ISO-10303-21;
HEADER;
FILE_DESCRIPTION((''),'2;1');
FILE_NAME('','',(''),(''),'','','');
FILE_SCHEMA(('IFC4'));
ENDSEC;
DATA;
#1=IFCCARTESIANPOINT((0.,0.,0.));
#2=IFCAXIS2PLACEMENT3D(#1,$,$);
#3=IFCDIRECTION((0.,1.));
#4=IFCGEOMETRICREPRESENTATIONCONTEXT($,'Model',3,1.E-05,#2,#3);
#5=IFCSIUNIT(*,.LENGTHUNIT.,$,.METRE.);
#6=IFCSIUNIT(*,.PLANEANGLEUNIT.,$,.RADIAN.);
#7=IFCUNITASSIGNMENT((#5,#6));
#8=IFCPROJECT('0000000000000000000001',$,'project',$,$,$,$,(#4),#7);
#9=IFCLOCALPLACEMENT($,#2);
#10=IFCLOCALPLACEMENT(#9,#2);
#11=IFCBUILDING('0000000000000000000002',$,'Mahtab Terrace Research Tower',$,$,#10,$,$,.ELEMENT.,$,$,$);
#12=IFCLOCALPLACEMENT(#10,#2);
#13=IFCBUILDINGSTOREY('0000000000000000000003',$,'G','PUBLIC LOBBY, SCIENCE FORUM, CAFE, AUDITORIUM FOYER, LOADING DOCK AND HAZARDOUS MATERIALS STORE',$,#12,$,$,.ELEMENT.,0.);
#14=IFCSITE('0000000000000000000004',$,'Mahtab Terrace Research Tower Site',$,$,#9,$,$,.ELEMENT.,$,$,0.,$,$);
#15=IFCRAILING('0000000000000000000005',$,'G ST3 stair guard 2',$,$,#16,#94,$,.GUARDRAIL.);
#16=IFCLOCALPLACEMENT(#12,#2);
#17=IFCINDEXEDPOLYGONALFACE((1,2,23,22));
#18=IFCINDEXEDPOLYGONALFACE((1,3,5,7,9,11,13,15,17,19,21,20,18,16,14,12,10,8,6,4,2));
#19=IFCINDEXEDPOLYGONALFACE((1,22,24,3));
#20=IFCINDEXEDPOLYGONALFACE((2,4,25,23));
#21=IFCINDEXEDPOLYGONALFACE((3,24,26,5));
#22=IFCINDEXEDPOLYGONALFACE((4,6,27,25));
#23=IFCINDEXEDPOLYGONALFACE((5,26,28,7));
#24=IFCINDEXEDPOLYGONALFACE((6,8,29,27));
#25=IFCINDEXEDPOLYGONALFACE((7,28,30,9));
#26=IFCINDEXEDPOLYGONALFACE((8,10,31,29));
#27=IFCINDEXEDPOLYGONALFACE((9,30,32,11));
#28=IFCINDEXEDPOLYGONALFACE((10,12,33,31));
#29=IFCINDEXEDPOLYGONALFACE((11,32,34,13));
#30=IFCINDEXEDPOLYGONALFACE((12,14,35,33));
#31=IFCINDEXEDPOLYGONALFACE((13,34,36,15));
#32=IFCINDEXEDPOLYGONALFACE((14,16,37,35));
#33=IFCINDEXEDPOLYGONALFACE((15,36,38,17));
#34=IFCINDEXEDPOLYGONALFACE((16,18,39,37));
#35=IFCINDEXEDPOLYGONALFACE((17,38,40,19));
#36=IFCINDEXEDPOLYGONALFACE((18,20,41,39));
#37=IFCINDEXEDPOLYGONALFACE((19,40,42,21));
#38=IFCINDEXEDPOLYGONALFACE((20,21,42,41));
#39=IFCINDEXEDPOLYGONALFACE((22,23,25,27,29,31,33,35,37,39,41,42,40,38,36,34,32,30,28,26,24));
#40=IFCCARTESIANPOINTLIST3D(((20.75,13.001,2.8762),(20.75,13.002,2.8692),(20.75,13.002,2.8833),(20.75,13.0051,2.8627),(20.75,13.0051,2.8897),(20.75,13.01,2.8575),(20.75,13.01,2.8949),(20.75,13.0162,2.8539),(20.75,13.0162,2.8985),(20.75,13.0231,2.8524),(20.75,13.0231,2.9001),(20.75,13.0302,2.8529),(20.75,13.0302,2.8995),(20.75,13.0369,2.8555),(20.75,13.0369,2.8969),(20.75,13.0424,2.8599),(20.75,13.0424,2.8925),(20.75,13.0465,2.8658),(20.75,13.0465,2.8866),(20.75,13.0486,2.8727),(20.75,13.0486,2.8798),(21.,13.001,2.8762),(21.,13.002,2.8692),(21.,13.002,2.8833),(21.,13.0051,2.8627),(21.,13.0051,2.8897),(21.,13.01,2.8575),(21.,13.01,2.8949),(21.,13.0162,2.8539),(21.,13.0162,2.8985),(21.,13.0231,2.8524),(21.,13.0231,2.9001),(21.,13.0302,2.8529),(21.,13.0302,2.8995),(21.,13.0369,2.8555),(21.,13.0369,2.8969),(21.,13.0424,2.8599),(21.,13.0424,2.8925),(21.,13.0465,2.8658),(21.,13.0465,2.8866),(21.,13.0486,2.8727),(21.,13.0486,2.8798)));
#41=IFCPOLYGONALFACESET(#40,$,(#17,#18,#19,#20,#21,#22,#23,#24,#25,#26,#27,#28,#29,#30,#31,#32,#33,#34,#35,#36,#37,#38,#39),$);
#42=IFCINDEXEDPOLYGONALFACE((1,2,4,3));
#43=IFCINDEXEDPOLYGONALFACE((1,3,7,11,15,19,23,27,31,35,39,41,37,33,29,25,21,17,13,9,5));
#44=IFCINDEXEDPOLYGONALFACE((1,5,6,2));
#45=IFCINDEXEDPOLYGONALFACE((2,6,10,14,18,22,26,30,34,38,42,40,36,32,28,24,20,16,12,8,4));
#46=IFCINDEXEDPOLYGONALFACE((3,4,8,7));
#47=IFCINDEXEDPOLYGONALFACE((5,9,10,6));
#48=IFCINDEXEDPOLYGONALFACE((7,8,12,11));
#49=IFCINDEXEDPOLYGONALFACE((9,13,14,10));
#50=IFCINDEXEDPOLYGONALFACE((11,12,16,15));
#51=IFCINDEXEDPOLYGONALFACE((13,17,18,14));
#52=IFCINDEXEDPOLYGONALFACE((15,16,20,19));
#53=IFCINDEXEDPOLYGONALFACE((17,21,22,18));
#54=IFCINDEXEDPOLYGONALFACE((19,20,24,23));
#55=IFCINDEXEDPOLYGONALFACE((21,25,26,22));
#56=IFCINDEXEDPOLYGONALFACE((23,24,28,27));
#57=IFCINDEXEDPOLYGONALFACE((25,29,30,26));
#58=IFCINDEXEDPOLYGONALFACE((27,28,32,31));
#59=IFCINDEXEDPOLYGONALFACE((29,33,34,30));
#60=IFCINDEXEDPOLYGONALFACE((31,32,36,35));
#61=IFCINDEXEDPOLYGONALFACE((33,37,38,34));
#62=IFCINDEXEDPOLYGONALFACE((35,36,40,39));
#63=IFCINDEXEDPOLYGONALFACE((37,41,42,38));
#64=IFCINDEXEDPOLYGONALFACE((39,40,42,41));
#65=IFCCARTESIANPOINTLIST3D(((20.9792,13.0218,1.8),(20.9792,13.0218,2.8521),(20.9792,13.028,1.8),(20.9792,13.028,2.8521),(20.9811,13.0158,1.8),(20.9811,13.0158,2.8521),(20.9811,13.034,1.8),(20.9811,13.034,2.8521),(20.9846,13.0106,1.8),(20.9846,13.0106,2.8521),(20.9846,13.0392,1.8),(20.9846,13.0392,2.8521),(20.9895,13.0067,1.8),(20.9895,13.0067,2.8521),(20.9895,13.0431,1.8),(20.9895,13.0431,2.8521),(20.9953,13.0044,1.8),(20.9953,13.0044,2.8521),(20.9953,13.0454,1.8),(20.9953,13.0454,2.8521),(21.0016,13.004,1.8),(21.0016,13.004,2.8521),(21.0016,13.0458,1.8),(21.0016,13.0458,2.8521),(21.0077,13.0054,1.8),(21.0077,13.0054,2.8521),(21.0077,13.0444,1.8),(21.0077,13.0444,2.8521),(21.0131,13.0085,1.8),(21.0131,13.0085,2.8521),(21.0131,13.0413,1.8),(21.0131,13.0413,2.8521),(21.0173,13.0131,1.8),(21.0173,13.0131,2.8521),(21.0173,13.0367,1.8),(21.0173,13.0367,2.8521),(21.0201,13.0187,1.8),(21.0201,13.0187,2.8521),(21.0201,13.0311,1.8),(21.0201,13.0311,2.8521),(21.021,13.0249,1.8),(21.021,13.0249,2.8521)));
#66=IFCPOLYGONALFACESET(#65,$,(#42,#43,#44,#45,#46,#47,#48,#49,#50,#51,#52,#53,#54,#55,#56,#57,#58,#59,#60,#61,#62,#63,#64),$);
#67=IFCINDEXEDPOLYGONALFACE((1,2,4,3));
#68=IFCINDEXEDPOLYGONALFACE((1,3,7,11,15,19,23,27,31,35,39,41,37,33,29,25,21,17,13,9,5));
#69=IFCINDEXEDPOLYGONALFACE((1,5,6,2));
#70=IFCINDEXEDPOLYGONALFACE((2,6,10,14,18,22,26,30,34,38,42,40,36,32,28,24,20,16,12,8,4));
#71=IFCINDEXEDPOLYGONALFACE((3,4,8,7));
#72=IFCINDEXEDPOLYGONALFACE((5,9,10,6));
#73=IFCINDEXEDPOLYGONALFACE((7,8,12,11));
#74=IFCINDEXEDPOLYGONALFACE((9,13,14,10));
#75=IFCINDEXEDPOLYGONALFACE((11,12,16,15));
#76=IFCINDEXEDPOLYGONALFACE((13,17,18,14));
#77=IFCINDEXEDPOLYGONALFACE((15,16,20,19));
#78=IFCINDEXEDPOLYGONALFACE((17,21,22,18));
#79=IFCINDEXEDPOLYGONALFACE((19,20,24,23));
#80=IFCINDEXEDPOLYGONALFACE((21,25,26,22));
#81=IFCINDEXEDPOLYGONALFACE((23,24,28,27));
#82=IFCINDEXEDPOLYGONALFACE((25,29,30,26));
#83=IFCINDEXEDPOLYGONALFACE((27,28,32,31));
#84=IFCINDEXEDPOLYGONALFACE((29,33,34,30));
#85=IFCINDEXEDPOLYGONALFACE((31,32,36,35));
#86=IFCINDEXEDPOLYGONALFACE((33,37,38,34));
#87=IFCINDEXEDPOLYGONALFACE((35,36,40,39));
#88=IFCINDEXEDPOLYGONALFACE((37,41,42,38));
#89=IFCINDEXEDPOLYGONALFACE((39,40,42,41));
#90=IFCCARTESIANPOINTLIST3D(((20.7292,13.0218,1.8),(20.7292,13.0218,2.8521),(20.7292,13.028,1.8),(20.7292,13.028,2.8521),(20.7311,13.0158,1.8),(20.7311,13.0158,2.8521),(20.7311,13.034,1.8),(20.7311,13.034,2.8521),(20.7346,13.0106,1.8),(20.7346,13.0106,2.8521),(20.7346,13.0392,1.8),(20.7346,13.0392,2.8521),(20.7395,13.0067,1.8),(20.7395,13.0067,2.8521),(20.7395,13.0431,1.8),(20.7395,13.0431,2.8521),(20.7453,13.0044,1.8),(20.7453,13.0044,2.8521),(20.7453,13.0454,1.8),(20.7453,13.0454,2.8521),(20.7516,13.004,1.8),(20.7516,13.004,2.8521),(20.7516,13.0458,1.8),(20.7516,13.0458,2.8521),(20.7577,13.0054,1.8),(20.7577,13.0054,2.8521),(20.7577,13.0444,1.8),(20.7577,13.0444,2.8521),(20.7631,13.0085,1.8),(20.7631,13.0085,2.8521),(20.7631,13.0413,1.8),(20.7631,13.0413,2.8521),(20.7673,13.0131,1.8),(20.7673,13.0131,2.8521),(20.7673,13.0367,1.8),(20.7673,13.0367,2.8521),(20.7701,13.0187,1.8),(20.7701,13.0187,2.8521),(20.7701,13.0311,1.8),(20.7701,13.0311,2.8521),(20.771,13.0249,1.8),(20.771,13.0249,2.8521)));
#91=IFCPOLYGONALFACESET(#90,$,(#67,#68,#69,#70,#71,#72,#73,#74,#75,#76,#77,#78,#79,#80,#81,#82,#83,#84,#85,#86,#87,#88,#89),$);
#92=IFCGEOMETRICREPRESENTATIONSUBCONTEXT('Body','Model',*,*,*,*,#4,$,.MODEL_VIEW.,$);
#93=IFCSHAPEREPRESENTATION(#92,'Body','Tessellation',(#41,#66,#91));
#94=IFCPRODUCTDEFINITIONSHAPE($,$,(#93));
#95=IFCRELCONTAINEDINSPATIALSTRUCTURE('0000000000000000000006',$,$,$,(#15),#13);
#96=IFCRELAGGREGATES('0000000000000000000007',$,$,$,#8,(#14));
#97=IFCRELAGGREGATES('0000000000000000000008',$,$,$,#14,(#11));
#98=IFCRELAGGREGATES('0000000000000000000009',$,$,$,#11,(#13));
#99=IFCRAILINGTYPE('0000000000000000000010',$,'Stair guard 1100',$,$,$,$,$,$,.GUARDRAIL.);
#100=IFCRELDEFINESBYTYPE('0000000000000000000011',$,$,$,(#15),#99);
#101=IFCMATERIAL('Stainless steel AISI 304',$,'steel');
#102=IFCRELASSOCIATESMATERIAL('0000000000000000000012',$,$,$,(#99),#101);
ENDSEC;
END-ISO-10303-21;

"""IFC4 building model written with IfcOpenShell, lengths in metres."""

from ifc_helpers import new_model, si_unit, direction, frame, origin, origin_2d, place, context, subcontext, project, spatial, circle, extrude, material, type_object, element, save


model = new_model("IFC4")

# Units and contexts
model_context = context("Model", 3, precision=1e-05, world=origin(), true_north=direction((0.0, 1.0)))
body_context = subcontext(model_context, "Body", "Model", "MODEL_VIEW")
ifc_project = project(units=[si_unit("LENGTHUNIT", "METRE"), si_unit("PLANEANGLEUNIT", "RADIAN")], contexts=[model_context])

# Site, building, storey
site_placement = place(None, origin())
site = spatial("IfcSite", under=ifc_project, at=site_placement, Name="Mahtab Terrace Research Tower Site", CompositionType="ELEMENT", RefElevation=0.0)
building_placement = place(site_placement, origin())
building = spatial("IfcBuilding", under=site, at=building_placement, Name="Mahtab Terrace Research Tower", CompositionType="ELEMENT")
storey_placement = place(building_placement, origin())
storey = spatial("IfcBuildingStorey", under=building, at=storey_placement, Name="G", Description="PUBLIC LOBBY, SCIENCE FORUM, CAFE, AUDITORIUM FOYER, LOADING DOCK AND HAZARDOUS MATERIALS STORE", CompositionType="ELEMENT", Elevation=0.0)

# Railing
ifc_material_1 = material(Name="Stainless steel AISI 304", Category="steel")
railing_type_1 = type_object("IfcRailingType", Name="Stair guard 1100", PredefinedType="GUARDRAIL", material=ifc_material_1)
railing_1_placement = place(storey_placement, frame((21.0, 13.0249, 1.8)))
element("IfcRailing", 1, at=railing_1_placement, inside=storey, type_object=railing_type_1, Name="G ST3 stair guard 2", PredefinedType="GUARDRAIL", context=body_context, shape_type="SweptSolid", body=[
    extrude(circle(Radius=0.0239, at=origin_2d()), frame((0.0, 0.0, 1.0762), z_axis=(-1.0, 0.0, 0.0), x_axis=(0.0, -1.0, 0.0)), (0.0, 0.0, 1.0), 0.25),
    extrude(circle(Radius=0.021, at=origin_2d()), origin(), (0.0, 0.0, 1.0), 1.052),
    extrude(circle(Radius=0.021, at=origin_2d()), frame((-0.25, 0.0, 0.0)), (0.0, 0.0, 1.0), 1.052),
])

save(model, "model.ifc")
